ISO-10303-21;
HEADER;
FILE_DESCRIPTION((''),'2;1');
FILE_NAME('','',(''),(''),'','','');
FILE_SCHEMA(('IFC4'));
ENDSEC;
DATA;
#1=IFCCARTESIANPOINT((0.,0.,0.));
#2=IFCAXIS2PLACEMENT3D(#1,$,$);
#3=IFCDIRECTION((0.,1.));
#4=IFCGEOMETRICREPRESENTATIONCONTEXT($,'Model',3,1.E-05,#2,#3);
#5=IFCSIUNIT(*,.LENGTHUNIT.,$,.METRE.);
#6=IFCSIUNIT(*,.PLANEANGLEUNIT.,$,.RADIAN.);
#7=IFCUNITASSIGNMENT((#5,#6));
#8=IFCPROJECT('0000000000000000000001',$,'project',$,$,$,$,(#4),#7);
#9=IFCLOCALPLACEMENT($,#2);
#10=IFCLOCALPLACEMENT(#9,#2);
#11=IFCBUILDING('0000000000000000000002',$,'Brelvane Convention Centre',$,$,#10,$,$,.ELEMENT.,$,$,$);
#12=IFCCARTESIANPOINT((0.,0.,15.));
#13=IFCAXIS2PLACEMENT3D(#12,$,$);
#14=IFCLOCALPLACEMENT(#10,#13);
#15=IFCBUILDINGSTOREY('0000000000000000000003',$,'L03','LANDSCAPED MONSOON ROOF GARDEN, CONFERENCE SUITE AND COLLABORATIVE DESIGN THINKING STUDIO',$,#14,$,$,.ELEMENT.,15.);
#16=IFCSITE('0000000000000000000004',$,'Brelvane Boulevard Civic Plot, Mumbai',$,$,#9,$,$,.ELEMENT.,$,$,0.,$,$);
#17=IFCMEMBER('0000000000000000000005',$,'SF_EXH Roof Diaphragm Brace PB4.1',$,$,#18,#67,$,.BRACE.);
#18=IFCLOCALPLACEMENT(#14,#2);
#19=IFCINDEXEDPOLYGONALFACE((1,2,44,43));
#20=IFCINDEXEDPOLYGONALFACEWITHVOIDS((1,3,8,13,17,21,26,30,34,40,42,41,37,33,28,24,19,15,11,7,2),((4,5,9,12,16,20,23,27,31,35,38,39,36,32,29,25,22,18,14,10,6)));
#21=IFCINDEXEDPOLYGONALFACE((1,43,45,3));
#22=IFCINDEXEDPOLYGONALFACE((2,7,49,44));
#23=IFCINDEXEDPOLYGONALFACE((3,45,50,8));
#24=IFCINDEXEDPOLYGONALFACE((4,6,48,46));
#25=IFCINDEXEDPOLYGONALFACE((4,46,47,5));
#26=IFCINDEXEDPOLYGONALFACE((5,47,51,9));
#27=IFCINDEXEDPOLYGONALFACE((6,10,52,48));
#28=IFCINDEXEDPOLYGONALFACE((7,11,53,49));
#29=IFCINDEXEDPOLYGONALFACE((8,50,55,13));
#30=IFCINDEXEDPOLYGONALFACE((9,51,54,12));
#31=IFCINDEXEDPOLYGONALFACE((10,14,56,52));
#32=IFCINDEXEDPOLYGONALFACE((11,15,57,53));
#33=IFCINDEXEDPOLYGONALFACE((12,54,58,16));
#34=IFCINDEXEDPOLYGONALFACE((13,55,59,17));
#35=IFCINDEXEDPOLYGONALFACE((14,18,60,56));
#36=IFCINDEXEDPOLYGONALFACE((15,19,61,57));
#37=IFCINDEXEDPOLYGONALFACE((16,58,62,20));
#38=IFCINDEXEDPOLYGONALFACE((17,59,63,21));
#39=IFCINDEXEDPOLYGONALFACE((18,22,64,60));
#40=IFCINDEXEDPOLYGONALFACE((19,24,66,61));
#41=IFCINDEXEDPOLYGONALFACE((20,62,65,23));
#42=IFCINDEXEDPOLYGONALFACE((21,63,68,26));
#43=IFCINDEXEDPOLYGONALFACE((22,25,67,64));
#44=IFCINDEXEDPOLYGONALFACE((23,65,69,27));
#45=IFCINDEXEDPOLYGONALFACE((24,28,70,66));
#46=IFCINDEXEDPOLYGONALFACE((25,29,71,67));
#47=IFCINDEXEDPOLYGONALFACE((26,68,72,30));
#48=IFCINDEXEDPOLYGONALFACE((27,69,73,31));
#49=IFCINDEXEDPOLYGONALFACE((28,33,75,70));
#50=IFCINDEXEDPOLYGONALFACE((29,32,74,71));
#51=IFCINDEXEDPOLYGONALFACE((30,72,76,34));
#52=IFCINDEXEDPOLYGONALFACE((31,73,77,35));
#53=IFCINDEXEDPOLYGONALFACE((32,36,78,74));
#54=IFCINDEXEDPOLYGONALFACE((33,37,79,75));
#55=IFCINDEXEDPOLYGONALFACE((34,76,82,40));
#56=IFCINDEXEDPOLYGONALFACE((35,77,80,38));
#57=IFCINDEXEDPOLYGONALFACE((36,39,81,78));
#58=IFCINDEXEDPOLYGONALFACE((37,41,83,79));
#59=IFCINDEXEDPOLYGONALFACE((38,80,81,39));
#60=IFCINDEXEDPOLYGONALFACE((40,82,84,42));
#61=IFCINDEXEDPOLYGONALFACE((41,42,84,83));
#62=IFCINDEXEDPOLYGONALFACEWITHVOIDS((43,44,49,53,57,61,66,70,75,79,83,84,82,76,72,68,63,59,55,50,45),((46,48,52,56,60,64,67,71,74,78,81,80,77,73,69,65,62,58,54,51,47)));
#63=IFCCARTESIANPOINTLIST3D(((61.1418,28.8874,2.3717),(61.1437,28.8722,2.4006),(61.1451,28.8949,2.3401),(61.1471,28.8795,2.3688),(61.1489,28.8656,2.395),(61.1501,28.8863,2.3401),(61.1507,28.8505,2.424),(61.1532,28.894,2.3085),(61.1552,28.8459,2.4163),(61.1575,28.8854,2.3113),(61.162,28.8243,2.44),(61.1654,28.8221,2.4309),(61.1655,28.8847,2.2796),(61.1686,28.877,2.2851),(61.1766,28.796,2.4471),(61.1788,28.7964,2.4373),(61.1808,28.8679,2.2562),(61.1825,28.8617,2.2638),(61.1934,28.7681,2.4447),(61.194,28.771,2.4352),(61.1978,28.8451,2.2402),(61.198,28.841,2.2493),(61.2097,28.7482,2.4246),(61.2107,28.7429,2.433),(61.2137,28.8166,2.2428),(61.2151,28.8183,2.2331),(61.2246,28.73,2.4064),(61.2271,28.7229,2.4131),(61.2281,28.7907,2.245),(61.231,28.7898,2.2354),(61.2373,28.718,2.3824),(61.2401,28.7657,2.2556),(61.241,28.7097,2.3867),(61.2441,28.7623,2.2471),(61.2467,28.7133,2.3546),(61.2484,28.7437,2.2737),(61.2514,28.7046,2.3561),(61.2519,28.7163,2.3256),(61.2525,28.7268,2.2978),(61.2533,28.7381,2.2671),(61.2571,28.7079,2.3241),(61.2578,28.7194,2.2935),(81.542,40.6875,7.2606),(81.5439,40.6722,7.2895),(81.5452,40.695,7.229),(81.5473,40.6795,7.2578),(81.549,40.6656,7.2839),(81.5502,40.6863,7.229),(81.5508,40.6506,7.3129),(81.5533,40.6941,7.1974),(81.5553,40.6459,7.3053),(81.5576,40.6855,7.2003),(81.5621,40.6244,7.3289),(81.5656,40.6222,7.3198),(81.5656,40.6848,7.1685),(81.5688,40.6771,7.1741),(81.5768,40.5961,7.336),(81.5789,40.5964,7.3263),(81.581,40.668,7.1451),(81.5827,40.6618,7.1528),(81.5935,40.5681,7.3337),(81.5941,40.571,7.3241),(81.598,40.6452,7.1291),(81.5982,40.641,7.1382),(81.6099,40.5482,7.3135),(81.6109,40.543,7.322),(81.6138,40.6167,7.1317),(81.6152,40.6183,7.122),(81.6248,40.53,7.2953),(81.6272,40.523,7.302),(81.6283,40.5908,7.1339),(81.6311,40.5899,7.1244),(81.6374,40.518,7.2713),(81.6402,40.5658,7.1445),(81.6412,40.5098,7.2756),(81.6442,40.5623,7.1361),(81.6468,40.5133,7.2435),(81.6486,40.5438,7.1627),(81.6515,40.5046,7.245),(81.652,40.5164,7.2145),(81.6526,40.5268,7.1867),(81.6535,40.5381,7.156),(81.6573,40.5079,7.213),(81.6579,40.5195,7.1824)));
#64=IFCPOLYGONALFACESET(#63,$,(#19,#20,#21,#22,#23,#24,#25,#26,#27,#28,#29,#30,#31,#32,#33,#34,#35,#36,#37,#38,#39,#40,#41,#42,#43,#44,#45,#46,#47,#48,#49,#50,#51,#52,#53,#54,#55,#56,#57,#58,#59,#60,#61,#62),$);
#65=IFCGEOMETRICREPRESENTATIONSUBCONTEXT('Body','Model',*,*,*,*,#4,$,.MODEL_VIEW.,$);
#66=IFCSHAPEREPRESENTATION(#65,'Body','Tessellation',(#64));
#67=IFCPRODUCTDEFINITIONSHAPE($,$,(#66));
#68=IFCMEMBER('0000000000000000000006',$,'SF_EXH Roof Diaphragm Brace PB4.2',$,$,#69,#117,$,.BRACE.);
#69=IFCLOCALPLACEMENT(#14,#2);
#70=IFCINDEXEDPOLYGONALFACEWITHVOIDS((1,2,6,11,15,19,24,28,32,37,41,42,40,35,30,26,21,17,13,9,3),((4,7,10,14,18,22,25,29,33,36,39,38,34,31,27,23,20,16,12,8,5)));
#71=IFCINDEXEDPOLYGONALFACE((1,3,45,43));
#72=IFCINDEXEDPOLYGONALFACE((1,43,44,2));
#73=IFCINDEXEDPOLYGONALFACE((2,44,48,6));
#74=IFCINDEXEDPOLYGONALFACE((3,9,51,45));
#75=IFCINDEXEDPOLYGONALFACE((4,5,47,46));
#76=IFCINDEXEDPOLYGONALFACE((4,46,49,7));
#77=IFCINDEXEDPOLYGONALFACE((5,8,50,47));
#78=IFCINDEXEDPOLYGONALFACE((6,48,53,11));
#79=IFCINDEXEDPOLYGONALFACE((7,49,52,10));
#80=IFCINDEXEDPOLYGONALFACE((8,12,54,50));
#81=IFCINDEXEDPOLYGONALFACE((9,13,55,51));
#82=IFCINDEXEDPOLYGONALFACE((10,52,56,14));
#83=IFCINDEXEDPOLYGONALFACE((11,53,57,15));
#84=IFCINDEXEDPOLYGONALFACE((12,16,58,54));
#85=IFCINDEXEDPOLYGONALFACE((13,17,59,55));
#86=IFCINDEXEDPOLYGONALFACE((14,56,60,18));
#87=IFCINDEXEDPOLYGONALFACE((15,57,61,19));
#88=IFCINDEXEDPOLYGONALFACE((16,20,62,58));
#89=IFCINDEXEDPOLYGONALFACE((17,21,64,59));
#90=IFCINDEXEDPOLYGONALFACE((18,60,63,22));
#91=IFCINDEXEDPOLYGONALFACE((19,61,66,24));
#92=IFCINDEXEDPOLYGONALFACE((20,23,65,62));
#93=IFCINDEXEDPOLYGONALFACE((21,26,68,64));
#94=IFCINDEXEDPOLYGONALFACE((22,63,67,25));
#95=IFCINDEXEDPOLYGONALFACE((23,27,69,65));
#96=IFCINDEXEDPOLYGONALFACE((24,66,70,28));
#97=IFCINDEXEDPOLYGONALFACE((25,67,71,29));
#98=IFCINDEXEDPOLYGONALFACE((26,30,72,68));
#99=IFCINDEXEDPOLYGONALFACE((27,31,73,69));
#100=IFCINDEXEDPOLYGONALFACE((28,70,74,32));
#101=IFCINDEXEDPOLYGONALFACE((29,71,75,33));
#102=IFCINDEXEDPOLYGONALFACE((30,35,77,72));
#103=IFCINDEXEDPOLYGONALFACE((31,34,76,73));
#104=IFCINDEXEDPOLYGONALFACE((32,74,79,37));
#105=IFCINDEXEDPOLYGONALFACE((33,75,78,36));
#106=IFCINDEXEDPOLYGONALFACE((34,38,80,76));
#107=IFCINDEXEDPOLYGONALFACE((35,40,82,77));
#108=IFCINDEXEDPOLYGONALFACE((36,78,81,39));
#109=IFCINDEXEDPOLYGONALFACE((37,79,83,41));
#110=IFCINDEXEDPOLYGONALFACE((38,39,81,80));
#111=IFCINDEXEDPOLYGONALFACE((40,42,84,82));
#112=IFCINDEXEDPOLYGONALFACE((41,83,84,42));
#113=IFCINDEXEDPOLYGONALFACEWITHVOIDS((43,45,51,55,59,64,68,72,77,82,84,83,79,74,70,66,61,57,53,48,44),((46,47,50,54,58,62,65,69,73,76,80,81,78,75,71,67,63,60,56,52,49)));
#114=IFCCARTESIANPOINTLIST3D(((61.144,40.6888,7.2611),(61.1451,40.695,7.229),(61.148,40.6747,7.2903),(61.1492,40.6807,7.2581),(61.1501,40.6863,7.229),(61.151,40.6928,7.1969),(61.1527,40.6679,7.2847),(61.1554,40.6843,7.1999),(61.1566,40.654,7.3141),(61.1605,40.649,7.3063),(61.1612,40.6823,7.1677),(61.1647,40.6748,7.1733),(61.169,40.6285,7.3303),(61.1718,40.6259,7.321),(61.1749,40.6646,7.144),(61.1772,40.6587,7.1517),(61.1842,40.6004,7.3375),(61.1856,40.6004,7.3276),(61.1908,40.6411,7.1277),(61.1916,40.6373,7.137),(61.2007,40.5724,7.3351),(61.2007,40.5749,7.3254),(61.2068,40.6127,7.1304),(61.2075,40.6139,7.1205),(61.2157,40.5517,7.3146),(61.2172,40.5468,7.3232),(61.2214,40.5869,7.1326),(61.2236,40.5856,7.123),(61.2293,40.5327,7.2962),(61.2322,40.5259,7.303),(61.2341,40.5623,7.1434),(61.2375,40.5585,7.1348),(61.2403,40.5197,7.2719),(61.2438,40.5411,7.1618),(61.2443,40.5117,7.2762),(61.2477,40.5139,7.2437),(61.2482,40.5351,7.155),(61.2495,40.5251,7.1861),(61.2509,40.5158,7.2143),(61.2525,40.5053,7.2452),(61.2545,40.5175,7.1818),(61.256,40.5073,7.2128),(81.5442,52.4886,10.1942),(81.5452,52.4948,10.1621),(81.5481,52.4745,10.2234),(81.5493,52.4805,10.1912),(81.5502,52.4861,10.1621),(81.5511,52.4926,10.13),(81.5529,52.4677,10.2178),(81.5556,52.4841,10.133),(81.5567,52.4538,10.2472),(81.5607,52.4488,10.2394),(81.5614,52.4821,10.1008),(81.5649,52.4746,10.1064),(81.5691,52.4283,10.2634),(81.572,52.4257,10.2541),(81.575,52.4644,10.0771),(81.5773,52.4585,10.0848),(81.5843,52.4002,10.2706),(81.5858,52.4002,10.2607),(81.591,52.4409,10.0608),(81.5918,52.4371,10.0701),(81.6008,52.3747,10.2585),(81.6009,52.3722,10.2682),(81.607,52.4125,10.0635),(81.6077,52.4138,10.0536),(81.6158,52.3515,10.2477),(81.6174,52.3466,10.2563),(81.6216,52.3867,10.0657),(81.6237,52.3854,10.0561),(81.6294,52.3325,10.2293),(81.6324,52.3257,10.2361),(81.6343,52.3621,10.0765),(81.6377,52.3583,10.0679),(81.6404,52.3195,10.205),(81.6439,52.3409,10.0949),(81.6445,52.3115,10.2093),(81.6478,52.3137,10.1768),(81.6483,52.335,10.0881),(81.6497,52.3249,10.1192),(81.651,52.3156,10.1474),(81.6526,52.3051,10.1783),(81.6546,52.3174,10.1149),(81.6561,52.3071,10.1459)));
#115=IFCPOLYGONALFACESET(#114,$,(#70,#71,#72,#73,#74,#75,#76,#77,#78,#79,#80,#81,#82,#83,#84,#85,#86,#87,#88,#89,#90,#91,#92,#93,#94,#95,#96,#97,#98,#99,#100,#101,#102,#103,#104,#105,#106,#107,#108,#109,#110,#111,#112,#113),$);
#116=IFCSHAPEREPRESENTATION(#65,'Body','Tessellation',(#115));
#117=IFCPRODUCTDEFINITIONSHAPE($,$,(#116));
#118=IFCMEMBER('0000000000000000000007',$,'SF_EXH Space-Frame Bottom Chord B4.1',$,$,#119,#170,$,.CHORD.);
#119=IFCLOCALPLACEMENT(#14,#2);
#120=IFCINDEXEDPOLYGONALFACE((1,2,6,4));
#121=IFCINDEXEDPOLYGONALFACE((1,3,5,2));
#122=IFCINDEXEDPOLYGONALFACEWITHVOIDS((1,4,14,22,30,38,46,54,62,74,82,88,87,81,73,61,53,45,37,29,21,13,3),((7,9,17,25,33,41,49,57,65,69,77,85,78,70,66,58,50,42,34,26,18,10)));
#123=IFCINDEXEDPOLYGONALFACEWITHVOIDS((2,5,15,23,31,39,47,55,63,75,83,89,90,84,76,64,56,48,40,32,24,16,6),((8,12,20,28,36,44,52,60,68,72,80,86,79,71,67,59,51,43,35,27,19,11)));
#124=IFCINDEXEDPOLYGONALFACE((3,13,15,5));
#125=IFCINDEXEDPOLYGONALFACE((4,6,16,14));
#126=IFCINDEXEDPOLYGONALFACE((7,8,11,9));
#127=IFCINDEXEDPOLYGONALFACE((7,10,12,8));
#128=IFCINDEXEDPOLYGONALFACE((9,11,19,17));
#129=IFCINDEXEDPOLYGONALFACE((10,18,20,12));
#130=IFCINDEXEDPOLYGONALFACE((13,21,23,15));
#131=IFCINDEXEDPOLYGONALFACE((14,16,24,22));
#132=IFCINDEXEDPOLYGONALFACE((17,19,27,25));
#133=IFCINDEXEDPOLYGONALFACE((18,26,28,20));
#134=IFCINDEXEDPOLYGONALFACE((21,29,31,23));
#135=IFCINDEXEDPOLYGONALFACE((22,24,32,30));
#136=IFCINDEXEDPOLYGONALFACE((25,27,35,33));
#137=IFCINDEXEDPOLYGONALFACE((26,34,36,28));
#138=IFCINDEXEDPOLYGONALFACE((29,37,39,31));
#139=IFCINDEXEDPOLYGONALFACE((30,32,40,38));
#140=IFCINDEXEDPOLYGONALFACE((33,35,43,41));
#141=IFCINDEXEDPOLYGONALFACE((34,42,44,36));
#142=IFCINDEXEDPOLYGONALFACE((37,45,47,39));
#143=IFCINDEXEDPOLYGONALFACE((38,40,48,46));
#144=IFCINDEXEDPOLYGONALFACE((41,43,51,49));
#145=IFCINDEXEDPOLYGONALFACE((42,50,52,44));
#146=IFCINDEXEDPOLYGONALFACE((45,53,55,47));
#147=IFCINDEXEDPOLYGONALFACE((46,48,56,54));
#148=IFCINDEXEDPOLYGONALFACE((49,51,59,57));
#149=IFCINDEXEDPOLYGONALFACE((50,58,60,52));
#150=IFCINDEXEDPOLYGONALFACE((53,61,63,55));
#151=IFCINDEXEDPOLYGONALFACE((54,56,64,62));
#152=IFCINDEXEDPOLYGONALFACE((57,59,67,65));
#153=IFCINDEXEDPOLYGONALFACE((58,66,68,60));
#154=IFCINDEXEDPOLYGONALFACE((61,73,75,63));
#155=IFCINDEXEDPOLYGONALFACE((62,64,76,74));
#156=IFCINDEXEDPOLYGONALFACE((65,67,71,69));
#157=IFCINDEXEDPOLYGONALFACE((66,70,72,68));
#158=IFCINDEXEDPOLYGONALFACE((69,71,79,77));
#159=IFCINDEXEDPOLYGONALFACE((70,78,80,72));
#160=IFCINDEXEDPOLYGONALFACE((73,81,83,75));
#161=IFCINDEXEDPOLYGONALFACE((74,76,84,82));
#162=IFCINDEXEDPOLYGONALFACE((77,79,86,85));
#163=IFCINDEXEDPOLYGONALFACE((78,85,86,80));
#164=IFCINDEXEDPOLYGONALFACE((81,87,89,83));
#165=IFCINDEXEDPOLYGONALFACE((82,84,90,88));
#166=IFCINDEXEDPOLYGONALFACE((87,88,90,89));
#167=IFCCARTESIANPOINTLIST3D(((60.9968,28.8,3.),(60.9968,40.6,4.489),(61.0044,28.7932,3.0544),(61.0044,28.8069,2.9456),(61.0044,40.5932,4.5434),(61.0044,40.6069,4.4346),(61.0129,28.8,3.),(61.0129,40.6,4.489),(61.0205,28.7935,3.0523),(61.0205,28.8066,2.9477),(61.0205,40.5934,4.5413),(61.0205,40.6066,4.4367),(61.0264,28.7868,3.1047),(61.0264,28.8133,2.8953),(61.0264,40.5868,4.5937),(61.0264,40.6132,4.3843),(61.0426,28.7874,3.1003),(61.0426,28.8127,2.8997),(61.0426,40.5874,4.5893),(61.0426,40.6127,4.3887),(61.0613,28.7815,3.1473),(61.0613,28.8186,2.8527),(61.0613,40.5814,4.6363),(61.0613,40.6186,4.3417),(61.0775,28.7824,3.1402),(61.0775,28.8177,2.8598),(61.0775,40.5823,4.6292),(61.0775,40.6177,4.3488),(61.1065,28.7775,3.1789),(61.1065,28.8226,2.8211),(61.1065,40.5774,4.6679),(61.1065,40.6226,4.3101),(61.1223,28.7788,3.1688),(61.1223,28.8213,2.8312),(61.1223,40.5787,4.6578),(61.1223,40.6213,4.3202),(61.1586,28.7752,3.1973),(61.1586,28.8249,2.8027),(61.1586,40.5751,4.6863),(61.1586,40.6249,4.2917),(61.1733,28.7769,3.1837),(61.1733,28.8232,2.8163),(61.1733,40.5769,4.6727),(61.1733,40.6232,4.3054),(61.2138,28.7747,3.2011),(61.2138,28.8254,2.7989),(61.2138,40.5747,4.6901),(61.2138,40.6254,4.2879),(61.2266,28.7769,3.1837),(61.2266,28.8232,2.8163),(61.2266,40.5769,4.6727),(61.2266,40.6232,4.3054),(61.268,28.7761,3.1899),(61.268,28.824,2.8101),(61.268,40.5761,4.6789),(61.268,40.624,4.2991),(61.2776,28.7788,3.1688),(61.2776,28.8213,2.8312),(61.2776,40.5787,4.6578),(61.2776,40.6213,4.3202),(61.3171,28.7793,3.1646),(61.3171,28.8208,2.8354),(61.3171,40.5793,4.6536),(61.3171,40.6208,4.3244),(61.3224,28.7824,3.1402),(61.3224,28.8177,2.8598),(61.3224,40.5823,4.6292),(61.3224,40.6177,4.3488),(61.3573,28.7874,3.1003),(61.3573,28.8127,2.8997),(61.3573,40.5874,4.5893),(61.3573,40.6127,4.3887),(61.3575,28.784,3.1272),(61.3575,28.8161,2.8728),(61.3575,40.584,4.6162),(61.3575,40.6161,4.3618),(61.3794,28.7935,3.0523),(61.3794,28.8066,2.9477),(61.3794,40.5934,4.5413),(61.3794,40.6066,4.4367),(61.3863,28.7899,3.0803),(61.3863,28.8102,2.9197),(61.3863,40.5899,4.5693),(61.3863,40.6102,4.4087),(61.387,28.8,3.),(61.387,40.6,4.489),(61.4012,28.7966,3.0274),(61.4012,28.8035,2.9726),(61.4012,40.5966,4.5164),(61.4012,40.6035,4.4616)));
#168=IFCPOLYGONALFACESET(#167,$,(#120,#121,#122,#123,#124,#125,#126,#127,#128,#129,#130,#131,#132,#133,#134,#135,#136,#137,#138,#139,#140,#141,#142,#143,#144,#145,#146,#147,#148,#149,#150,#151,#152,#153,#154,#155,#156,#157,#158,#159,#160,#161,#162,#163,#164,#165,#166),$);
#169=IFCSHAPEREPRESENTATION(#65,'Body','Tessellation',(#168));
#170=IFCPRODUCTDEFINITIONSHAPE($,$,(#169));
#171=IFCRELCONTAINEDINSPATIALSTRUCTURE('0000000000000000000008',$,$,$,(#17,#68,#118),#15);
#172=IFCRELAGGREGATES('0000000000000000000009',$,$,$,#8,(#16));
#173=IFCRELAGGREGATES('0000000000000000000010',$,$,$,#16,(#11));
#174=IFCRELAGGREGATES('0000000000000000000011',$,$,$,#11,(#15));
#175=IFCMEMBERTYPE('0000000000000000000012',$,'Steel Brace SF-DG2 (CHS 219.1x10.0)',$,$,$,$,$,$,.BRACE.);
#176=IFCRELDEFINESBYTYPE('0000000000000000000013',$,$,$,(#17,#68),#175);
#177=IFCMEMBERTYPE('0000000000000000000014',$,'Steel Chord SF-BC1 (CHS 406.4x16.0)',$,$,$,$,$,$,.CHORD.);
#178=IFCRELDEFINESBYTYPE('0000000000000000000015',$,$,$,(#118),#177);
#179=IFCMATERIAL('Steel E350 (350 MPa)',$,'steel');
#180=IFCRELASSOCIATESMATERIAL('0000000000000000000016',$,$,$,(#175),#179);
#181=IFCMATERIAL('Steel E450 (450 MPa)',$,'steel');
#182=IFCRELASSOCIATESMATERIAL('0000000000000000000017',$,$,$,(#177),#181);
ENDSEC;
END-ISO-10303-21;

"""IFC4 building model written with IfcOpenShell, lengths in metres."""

from ifc_helpers import new_model, si_unit, direction, frame, origin, origin_2d, place, context, subcontext, project, spatial, hollow_circle, extrude, material, material_profile, profile_set, type_object, element, save


model = new_model("IFC4")

# Units and contexts
model_context = context("Model", 3, precision=1e-05, world=origin(), true_north=direction((0.0, 1.0)))
body_context = subcontext(model_context, "Body", "Model", "MODEL_VIEW")
ifc_project = project(units=[si_unit("LENGTHUNIT", "METRE"), si_unit("PLANEANGLEUNIT", "RADIAN")], contexts=[model_context])

# Site, building, storey
site_placement = place(None, origin())
site = spatial("IfcSite", under=ifc_project, at=site_placement, Name="Brelvane Boulevard Civic Plot, Mumbai", CompositionType="ELEMENT", RefElevation=0.0)
building_placement = place(site_placement, origin())
building = spatial("IfcBuilding", under=site, at=building_placement, Name="Brelvane Convention Centre", CompositionType="ELEMENT")
storey_placement = place(building_placement, frame((0.0, 0.0, 15.0)))
storey = spatial("IfcBuildingStorey", under=building, at=storey_placement, Name="L03", Description="LANDSCAPED MONSOON ROOF GARDEN, CONFERENCE SUITE AND COLLABORATIVE DESIGN THINKING STUDIO", CompositionType="ELEMENT", Elevation=15.0)

# Members
ifc_material_1 = material(Name="Steel E350 (350 MPa)", Category="steel")
ifc_material_profile_1 = material_profile(ifc_material_1, hollow_circle(Radius=0.1096, WallThickness=0.01, at=origin_2d()), Name="CHS 219.1x10.0")
ifc_profile_set_1 = profile_set([ifc_material_profile_1], Name="Steel E350 (350 MPa)")
member_type_1 = type_object("IfcMemberType", Name="Steel Brace SF-DG2 (CHS 219.1x10.0)", PredefinedType="BRACE", material=ifc_profile_set_1)
member_1_placement = place(storey_placement, frame((61.2, 28.8, 2.3401), z_axis=(0.847575, 0.490263, 0.203122), x_axis=(-0.500701, 0.865621, 0.0)))
element("IfcMember", 1, at=member_1_placement, inside=storey, type_object=member_type_1, Name="SF_EXH Roof Diaphragm Brace PB4.1", PredefinedType="BRACE", context=body_context, shape_type="SweptSolid", body=[
    extrude(hollow_circle(Radius=0.1096, WallThickness=0.01, at=origin_2d()), origin(), (0.0, 0.0, 1.0), 24.0688),
])
member_2_placement = place(storey_placement, frame((61.2, 40.6001, 7.229), z_axis=(0.858998, 0.496859, 0.123506), x_axis=(-0.500693, 0.865625, 0.0)))
element("IfcMember", 2, at=member_2_placement, inside=storey, type_object=member_type_1, Name="SF_EXH Roof Diaphragm Brace PB4.2", PredefinedType="BRACE", context=body_context, shape_type="SweptSolid", body=[
    extrude(hollow_circle(Radius=0.1096, WallThickness=0.01, at=origin_2d()), origin(), (0.0, 0.0, 1.0), 23.7488),
])
ifc_material_2 = material(Name="Steel E450 (450 MPa)", Category="steel")
ifc_material_profile_2 = material_profile(ifc_material_2, hollow_circle(Radius=0.2031, WallThickness=0.0161, at=origin_2d()), Name="CHS 406.4x16.0")
ifc_profile_set_2 = profile_set([ifc_material_profile_2], Name="Steel E450 (450 MPa)")
member_type_2 = type_object("IfcMemberType", Name="Steel Chord SF-BC1 (CHS 406.4x16.0)", PredefinedType="CHORD", material=ifc_profile_set_2)
member_3_placement = place(storey_placement, frame((61.2, 28.8, 3.0), z_axis=(0.0, 0.992132, 0.125194), x_axis=(-1.0, 0.0, 0.0)))
element("IfcMember", 3, at=member_3_placement, inside=storey, type_object=member_type_2, Name="SF_EXH Space-Frame Bottom Chord B4.1", PredefinedType="CHORD", context=body_context, shape_type="SweptSolid", body=[
    extrude(hollow_circle(Radius=0.2031, WallThickness=0.0161, at=origin_2d()), origin(), (0.0, 0.0, 1.0), 11.8936),
])

save(model, "model.ifc")
